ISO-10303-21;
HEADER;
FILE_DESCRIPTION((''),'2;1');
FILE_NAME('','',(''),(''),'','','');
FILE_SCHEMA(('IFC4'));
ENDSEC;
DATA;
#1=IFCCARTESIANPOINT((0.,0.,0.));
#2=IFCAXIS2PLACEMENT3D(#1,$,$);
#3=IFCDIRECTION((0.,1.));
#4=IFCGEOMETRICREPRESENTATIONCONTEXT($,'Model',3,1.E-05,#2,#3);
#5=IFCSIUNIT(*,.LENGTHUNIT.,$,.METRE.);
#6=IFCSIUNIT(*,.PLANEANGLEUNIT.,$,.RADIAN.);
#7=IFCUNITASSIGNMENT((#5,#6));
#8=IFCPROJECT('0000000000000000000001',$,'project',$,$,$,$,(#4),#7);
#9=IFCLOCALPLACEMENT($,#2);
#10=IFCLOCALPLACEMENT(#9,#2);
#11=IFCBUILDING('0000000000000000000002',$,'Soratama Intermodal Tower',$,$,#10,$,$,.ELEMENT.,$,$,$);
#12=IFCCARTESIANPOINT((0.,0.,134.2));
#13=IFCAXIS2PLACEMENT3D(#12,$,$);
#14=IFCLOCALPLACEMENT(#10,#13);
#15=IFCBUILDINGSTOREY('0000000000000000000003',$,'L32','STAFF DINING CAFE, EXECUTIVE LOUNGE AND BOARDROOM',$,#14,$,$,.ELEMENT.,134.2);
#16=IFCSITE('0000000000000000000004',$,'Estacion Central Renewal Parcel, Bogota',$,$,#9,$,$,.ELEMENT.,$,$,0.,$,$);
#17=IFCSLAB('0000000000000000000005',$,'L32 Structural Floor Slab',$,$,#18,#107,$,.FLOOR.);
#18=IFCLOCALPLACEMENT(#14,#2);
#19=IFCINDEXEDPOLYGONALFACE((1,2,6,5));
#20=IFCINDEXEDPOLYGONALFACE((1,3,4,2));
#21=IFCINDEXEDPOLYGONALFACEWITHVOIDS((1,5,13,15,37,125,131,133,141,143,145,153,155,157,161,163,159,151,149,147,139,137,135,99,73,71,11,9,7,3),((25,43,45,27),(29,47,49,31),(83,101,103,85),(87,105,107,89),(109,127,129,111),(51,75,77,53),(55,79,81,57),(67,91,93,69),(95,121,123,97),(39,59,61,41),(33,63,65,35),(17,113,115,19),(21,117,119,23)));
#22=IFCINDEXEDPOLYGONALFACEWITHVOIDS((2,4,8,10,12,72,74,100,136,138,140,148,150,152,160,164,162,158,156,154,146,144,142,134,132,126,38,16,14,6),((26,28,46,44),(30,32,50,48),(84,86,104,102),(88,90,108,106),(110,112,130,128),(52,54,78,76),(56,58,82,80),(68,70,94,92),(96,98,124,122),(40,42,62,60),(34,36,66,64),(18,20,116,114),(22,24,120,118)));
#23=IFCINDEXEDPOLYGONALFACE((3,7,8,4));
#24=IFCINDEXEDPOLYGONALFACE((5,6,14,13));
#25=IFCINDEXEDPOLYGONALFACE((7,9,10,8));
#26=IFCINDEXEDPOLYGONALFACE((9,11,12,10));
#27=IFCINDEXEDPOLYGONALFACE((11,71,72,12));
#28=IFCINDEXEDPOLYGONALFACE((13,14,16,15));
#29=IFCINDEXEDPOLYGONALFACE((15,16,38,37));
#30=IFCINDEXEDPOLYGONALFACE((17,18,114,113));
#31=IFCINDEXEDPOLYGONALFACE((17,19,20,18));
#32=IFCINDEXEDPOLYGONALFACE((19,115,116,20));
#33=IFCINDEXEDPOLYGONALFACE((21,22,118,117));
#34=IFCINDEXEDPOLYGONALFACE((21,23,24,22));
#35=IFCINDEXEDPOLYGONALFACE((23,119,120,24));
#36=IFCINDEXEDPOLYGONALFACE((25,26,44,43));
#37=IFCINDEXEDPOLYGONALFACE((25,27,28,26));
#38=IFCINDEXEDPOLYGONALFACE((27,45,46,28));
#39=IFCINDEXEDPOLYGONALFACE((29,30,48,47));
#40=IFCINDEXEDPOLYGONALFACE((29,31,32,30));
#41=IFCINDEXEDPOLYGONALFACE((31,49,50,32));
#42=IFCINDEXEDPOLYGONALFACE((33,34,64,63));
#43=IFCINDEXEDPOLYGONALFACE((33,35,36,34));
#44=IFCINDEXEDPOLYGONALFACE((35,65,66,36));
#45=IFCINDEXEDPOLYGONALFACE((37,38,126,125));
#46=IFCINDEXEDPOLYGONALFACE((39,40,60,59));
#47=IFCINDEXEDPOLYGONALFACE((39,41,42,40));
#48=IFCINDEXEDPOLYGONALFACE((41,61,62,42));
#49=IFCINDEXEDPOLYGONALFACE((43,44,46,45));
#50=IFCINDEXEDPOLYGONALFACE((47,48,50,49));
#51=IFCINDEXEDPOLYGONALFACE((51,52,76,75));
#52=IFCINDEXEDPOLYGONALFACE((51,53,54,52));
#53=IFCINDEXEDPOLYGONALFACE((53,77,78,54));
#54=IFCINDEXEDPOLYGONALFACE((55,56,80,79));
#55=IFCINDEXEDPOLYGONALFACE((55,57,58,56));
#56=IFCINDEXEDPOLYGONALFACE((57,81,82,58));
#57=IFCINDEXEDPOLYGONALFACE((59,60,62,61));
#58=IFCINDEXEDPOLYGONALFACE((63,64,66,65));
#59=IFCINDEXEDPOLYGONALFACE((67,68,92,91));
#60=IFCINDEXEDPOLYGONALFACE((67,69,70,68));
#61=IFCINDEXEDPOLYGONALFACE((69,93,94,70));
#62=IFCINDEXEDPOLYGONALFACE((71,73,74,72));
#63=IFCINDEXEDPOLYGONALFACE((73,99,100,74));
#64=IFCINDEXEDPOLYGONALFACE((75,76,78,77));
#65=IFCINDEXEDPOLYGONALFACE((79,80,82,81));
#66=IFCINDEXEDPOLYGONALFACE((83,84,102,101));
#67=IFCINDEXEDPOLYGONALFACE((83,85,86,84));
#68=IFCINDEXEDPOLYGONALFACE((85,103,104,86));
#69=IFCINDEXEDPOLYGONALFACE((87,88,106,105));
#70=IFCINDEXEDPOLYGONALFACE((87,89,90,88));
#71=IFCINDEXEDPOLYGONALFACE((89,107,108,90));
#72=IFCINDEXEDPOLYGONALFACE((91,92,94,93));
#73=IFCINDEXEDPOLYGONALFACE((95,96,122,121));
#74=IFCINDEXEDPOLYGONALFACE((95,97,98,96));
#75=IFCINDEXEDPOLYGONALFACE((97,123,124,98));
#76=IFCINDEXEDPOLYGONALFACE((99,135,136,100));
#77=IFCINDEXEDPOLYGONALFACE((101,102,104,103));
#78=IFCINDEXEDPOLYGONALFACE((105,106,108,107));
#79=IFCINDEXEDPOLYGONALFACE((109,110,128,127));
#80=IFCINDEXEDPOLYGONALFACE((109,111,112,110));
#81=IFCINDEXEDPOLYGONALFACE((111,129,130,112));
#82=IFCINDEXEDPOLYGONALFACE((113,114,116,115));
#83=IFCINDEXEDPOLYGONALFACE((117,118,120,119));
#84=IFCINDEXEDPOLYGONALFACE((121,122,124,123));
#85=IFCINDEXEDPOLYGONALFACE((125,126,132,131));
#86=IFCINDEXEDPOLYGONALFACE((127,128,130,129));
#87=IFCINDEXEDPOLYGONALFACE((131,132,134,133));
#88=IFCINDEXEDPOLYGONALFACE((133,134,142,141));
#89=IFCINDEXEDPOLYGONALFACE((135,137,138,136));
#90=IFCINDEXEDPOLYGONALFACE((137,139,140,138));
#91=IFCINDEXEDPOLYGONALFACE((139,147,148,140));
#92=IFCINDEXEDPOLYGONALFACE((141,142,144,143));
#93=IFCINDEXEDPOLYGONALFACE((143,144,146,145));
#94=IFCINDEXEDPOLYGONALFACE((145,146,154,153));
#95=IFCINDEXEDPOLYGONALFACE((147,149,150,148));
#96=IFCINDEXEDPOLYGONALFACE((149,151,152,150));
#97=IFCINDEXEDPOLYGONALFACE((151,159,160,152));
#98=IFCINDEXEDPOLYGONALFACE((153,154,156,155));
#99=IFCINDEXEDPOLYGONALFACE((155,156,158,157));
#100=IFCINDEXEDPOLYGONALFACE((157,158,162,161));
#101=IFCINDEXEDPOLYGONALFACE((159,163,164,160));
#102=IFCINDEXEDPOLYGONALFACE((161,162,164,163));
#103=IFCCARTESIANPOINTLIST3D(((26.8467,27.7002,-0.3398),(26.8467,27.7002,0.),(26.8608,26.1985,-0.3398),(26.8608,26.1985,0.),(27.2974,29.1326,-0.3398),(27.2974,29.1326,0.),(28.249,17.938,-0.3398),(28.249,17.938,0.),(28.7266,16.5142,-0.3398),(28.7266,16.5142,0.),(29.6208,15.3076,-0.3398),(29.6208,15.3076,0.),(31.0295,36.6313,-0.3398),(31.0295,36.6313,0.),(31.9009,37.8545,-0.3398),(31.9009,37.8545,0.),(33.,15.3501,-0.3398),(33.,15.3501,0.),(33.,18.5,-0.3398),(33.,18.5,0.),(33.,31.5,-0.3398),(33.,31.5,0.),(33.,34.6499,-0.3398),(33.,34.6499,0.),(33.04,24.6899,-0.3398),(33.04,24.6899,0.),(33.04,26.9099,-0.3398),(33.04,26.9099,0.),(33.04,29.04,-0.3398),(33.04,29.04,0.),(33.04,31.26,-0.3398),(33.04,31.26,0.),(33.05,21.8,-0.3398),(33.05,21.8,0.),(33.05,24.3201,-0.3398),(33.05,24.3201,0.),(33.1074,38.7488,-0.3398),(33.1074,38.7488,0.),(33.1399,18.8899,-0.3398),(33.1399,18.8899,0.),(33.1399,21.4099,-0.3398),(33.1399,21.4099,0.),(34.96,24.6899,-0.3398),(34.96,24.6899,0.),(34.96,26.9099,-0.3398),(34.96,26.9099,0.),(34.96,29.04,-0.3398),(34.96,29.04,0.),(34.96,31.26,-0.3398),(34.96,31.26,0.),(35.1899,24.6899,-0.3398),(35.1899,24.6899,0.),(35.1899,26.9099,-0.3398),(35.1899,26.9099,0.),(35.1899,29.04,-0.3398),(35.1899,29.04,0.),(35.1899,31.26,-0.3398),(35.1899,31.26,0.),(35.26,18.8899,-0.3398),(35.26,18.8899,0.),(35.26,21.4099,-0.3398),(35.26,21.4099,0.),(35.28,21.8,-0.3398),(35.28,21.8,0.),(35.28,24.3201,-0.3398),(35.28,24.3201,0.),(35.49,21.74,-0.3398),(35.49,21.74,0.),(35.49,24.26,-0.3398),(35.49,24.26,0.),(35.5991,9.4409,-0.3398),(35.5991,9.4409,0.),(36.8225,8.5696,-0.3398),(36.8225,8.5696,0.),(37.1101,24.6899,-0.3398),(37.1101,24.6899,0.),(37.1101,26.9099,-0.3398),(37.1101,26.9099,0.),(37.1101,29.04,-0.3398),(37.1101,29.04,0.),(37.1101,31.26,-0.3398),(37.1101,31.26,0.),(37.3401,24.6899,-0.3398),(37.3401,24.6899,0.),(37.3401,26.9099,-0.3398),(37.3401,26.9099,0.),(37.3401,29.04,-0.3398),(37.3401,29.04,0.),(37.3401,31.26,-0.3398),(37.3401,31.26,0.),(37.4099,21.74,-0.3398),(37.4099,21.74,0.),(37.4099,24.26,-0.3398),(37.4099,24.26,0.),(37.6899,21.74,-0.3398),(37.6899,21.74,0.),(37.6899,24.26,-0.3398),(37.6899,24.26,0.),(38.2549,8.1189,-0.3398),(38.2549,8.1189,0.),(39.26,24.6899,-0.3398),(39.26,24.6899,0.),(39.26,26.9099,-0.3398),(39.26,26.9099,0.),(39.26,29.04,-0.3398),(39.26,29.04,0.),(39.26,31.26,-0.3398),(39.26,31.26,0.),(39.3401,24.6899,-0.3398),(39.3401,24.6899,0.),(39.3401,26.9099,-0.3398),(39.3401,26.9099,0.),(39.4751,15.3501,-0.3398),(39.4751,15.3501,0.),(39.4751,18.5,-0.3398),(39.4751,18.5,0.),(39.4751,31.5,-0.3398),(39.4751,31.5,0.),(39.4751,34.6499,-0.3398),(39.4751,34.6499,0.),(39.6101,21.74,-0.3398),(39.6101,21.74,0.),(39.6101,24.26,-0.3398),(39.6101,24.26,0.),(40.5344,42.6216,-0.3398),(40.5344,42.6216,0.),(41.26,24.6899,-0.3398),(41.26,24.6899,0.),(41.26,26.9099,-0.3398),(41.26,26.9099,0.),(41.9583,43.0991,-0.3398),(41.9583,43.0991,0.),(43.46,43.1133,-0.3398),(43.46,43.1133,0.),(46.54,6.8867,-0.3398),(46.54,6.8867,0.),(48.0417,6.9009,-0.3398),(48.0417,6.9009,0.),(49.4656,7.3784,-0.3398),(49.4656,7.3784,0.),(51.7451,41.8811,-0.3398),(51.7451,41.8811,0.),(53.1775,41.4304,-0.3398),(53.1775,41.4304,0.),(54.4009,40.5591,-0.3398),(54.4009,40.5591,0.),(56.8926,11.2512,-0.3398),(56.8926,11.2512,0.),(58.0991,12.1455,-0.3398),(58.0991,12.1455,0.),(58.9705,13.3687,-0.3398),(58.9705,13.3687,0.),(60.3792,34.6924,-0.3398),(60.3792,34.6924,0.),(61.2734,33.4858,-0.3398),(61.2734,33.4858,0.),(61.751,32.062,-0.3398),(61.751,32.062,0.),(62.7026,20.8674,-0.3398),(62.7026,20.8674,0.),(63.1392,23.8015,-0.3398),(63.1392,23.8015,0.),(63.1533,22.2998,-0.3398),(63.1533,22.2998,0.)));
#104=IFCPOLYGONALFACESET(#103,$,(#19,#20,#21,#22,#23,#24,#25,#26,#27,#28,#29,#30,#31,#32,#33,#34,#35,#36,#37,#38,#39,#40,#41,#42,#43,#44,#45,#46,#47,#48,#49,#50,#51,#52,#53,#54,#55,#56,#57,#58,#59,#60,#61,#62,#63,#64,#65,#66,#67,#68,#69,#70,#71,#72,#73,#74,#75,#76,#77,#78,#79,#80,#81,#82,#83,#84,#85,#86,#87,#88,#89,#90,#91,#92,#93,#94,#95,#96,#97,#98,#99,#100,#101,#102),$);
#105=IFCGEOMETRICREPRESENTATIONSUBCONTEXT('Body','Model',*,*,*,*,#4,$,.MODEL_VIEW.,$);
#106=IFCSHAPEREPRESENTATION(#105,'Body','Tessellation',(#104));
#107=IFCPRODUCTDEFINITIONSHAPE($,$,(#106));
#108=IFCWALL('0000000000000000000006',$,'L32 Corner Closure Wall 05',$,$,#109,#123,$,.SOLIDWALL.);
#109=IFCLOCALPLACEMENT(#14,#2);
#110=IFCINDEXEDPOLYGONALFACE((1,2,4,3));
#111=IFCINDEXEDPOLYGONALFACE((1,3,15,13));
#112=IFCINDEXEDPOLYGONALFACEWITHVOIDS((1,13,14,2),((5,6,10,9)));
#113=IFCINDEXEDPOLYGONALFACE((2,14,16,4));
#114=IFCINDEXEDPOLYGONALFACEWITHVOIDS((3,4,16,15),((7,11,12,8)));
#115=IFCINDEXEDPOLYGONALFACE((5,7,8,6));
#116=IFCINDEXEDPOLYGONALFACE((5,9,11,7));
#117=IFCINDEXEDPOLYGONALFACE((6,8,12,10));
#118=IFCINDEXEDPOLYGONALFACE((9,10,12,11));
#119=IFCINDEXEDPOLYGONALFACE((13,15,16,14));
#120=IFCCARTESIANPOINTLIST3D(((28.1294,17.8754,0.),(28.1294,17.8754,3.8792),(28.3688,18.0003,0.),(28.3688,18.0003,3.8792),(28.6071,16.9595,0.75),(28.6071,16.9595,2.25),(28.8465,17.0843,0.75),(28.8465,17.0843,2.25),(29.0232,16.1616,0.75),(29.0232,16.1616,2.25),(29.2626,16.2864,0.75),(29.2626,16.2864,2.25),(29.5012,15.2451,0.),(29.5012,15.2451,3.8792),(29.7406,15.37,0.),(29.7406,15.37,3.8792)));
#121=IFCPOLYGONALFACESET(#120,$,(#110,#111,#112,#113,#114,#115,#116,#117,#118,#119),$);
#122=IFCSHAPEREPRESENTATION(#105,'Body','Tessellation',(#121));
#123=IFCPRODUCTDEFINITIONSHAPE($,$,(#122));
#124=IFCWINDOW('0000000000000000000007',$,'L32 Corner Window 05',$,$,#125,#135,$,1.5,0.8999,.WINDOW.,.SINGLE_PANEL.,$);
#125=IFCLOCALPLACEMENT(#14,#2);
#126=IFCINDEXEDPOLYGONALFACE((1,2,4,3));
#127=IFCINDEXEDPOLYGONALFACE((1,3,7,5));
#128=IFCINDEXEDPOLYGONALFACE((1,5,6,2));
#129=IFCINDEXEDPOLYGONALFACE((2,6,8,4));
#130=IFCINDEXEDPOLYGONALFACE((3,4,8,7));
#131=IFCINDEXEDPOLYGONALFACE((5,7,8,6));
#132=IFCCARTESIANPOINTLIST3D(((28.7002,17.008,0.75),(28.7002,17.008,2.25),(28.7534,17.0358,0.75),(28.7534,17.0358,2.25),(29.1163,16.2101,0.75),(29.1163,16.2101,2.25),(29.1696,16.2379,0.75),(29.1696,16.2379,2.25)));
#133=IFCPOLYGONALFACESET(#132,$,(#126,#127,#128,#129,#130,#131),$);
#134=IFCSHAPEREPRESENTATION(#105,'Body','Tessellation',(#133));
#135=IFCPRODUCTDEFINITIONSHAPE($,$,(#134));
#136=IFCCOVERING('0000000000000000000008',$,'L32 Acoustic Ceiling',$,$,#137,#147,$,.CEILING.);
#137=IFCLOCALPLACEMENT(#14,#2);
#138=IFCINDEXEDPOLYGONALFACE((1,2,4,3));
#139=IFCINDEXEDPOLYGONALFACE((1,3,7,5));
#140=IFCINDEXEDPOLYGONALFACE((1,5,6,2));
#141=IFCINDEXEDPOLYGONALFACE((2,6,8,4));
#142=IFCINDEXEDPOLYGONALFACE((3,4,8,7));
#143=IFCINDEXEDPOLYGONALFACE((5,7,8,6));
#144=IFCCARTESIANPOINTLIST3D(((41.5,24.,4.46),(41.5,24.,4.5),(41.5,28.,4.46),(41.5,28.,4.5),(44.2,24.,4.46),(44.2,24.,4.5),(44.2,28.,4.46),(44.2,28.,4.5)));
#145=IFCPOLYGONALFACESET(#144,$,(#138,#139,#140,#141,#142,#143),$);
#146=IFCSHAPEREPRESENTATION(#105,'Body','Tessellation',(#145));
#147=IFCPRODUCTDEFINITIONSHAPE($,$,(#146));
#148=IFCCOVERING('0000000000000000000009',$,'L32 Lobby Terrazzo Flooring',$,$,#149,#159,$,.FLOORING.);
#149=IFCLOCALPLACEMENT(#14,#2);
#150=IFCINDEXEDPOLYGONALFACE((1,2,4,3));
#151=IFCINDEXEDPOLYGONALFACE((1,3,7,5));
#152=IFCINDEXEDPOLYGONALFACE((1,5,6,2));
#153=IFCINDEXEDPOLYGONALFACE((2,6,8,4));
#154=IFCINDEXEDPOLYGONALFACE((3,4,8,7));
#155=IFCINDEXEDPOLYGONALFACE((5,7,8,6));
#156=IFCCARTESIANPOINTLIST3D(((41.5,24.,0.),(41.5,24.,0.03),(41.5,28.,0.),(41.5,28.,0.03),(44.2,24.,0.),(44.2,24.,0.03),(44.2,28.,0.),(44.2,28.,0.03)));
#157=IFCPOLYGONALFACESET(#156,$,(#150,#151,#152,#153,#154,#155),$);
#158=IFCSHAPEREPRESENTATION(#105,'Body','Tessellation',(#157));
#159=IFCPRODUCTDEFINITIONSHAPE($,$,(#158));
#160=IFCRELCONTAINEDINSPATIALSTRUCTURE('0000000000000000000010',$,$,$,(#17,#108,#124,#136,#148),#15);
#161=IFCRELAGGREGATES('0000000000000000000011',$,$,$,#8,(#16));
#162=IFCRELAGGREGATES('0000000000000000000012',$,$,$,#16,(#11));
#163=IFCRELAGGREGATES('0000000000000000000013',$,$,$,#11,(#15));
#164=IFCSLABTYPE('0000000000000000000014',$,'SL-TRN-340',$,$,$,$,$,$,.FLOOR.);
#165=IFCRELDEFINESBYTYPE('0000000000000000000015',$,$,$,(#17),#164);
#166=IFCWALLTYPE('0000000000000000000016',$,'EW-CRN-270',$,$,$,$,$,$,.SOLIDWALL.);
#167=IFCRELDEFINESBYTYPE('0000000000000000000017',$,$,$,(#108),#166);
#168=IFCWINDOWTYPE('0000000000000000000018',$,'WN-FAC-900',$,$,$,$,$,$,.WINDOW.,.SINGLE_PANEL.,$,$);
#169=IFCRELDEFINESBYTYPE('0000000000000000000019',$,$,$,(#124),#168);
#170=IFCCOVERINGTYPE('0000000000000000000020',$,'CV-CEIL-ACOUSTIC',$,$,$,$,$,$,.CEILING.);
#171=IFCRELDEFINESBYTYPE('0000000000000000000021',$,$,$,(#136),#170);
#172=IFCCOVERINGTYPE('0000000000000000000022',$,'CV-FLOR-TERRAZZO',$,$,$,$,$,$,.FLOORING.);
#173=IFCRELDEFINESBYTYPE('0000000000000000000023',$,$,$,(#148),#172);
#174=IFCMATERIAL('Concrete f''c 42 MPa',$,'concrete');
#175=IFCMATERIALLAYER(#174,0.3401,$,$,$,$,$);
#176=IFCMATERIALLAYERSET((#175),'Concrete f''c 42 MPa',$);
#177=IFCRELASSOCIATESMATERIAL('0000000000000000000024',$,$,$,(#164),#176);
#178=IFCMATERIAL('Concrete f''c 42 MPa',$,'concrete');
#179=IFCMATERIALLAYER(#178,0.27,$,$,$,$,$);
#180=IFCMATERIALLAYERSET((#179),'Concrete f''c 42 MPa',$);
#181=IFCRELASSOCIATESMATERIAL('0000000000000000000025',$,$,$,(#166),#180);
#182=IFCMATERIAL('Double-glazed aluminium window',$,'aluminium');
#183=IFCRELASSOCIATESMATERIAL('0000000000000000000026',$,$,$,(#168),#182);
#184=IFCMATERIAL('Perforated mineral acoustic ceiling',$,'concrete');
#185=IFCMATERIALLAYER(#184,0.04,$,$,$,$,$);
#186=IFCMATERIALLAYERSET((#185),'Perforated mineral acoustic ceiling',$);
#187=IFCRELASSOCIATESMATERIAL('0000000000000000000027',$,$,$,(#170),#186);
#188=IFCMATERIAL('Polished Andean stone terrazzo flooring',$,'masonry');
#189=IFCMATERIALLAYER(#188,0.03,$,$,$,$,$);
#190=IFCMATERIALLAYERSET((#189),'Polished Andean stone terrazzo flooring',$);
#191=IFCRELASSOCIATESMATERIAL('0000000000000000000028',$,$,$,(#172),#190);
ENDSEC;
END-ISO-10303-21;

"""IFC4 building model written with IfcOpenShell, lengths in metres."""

from ifc_helpers import new_model, si_unit, direction, frame, frame_2d, origin, place, context, subcontext, project, spatial, polyline, rectangle, outline, extrude, material, layer, layer_set, type_object, element, fill, save


model = new_model("IFC4")

# Units and contexts
model_context = context("Model", 3, precision=1e-05, world=origin(), true_north=direction((0.0, 1.0)))
body_context = subcontext(model_context, "Body", "Model", "MODEL_VIEW")
ifc_project = project(units=[si_unit("LENGTHUNIT", "METRE"), si_unit("PLANEANGLEUNIT", "RADIAN")], contexts=[model_context])

# Site, building, storey
site_placement = place(None, origin())
site = spatial("IfcSite", under=ifc_project, at=site_placement, Name="Estacion Central Renewal Parcel, Bogota", CompositionType="ELEMENT", RefElevation=0.0)
building_placement = place(site_placement, origin())
building = spatial("IfcBuilding", under=site, at=building_placement, Name="Soratama Intermodal Tower", CompositionType="ELEMENT")
storey_placement = place(building_placement, frame((0.0, 0.0, 134.2)))
storey = spatial("IfcBuildingStorey", under=building, at=storey_placement, Name="L32", Description="STAFF DINING CAFE, EXECUTIVE LOUNGE AND BOARDROOM", CompositionType="ELEMENT", Elevation=134.2)

# Slab
ifc_material_1 = material(Name="Concrete f'c 42 MPa", Category="concrete")
ifc_layer_1 = layer(ifc_material_1, 0.3401)
ifc_layer_set_1 = layer_set([ifc_layer_1], Name="Concrete f'c 42 MPa")
slab_type_1 = type_object("IfcSlabType", Name="SL-TRN-340", PredefinedType="FLOOR", material=ifc_layer_set_1)
slab_1_placement = place(storey_placement, frame((0.0, 0.0, -0.3398)))
element("IfcSlab", 1, at=slab_1_placement, inside=storey, type_object=slab_type_1, Name="L32 Structural Floor Slab", PredefinedType="FLOOR", context=body_context, shape_type="SweptSolid", body=[
    extrude(outline(polyline([(61.751, 32.062), (61.2734, 33.4858), (60.3792, 34.6924), (54.4009, 40.5591), (53.1775, 41.4304), (51.7451, 41.8811), (43.46, 43.1133), (41.9583, 43.0991), (40.5344, 42.6216), (33.1074, 38.7488), (31.9009, 37.8545), (31.0295, 36.6313), (27.2974, 29.1326), (26.8467, 27.7002), (26.8608, 26.1985), (28.249, 17.938), (28.7266, 16.5142), (29.6208, 15.3076), (35.5991, 9.4409), (36.8225, 8.5696), (38.2549, 8.1189), (46.54, 6.8867), (48.0417, 6.9009), (49.4656, 7.3784), (56.8926, 11.2512), (58.0991, 12.1455), (58.9705, 13.3687), (62.7026, 20.8674), (63.1533, 22.2998), (63.1392, 23.8015), (61.751, 32.062)]), holes=[polyline([(33.0, 18.5), (33.0, 15.3501), (39.4751, 15.3501), (39.4751, 18.5), (33.0, 18.5)]), polyline([(35.26, 18.8899), (35.26, 21.4099), (33.1399, 21.4099), (33.1399, 18.8899), (35.26, 18.8899)]), polyline([(33.05, 21.8), (35.28, 21.8), (35.28, 24.3201), (33.05, 24.3201), (33.05, 21.8)]), polyline([(34.96, 26.9099), (33.04, 26.9099), (33.04, 24.6899), (34.96, 24.6899), (34.96, 26.9099)]), polyline([(37.1101, 24.6899), (37.1101, 26.9099), (35.1899, 26.9099), (35.1899, 24.6899), (37.1101, 24.6899)]), polyline([(34.96, 29.04), (34.96, 31.26), (33.04, 31.26), (33.04, 29.04), (34.96, 29.04)]), polyline([(37.1101, 31.26), (35.1899, 31.26), (35.1899, 29.04), (37.1101, 29.04), (37.1101, 31.26)]), polyline([(37.4099, 21.74), (37.4099, 24.26), (35.49, 24.26), (35.49, 21.74), (37.4099, 21.74)]), polyline([(39.6101, 21.74), (39.6101, 24.26), (37.6899, 24.26), (37.6899, 21.74), (39.6101, 21.74)]), polyline([(39.26, 24.6899), (39.26, 26.9099), (37.3401, 26.9099), (37.3401, 24.6899), (39.26, 24.6899)]), polyline([(41.26, 24.6899), (41.26, 26.9099), (39.3401, 26.9099), (39.3401, 24.6899), (41.26, 24.6899)]), polyline([(39.26, 29.04), (39.26, 31.26), (37.3401, 31.26), (37.3401, 29.04), (39.26, 29.04)]), polyline([(39.4751, 34.6499), (33.0, 34.6499), (33.0, 31.5), (39.4751, 31.5), (39.4751, 34.6499)])]), origin(), (0.0, 0.0, 1.0), 0.3398),
])

# Wall, opening, window
ifc_material_2 = material(Name="Concrete f'c 42 MPa", Category="concrete")
ifc_layer_2 = layer(ifc_material_2, 0.27)
ifc_layer_set_2 = layer_set([ifc_layer_2], Name="Concrete f'c 42 MPa")
wall_type = type_object("IfcWallType", Name="EW-CRN-270", PredefinedType="SOLIDWALL", material=ifc_layer_set_2)
wall_placement = place(storey_placement, frame((28.249, 17.938, 0.0), z_axis=(0.0, 0.0, 1.0), x_axis=(0.462423, -0.88666, 0.0)))
wall = element("IfcWall", 2, at=wall_placement, inside=storey, type_object=wall_type, Name="L32 Corner Closure Wall 05", PredefinedType="SOLIDWALL", context=body_context, shape_type="SweptSolid", body=[
    extrude(rectangle(XDim=2.9666, YDim=0.27, at=frame_2d((1.4834, 0.0))), origin(), (0.0, 0.0, 1.0), 3.8792),
])
opening_placement = place(wall_placement, frame((1.0332, 0.0, 0.75)))
opening = element("IfcOpeningElement", 3, at=opening_placement, cuts=wall, PredefinedType="OPENING", context=body_context, shape_type="SweptSolid", body=[
    extrude(rectangle(XDim=0.8999, YDim=1.5, at=frame_2d((0.45, 0.75))), frame((0.0, 0.145, 0.0), z_axis=(0.0, -1.0, 0.0), x_axis=(1.0, 0.0, 0.0)), (0.0, 0.0, 1.0), 0.29),
])
ifc_material_3 = material(Name="Double-glazed aluminium window", Category="aluminium")
window_type = type_object("IfcWindowType", Name="WN-FAC-900", PartitioningType="SINGLE_PANEL", PredefinedType="WINDOW", material=ifc_material_3)
window_placement = place(opening_placement, origin())
window = element("IfcWindow", 4, at=window_placement, inside=storey, type_object=window_type, Name="L32 Corner Window 05", OverallHeight=1.5, OverallWidth=0.8999, PartitioningType="SINGLE_PANEL", PredefinedType="WINDOW", context=body_context, shape_type="SweptSolid", body=[
    extrude(rectangle(XDim=0.8999, YDim=1.5, at=frame_2d((0.45, 0.75))), frame((0.0, 0.03, 0.0), z_axis=(0.0, -1.0, 0.0), x_axis=(1.0, 0.0, 0.0)), (0.0, 0.0, 1.0), 0.0601),
])
fill(opening, window)

# Coverings
ifc_material_4 = material(Name="Perforated mineral acoustic ceiling", Category="concrete")
ifc_layer_3 = layer(ifc_material_4, 0.04)
ifc_layer_set_3 = layer_set([ifc_layer_3], Name="Perforated mineral acoustic ceiling")
covering_type_1 = type_object("IfcCoveringType", Name="CV-CEIL-ACOUSTIC", PredefinedType="CEILING", material=ifc_layer_set_3)
covering_1_placement = place(storey_placement, frame((0.0, 0.0, 4.46)))
element("IfcCovering", 5, at=covering_1_placement, inside=storey, type_object=covering_type_1, Name="L32 Acoustic Ceiling", PredefinedType="CEILING", context=body_context, shape_type="SweptSolid", body=[
    extrude(outline(polyline([(41.5, 24.0), (44.2, 24.0), (44.2, 28.0), (41.5, 28.0), (41.5, 24.0)])), origin(), (0.0, 0.0, 1.0), 0.04),
])
ifc_material_5 = material(Name="Polished Andean stone terrazzo flooring", Category="masonry")
ifc_layer_4 = layer(ifc_material_5, 0.03)
ifc_layer_set_4 = layer_set([ifc_layer_4], Name="Polished Andean stone terrazzo flooring")
covering_type_2 = type_object("IfcCoveringType", Name="CV-FLOR-TERRAZZO", PredefinedType="FLOORING", material=ifc_layer_set_4)
covering_2_placement = place(storey_placement, origin())
element("IfcCovering", 6, at=covering_2_placement, inside=storey, type_object=covering_type_2, Name="L32 Lobby Terrazzo Flooring", PredefinedType="FLOORING", context=body_context, shape_type="SweptSolid", body=[
    extrude(outline(polyline([(41.5, 24.0), (44.2, 24.0), (44.2, 28.0), (41.5, 28.0), (41.5, 24.0)])), origin(), (0.0, 0.0, 1.0), 0.03),
])

save(model, "model.ifc")
